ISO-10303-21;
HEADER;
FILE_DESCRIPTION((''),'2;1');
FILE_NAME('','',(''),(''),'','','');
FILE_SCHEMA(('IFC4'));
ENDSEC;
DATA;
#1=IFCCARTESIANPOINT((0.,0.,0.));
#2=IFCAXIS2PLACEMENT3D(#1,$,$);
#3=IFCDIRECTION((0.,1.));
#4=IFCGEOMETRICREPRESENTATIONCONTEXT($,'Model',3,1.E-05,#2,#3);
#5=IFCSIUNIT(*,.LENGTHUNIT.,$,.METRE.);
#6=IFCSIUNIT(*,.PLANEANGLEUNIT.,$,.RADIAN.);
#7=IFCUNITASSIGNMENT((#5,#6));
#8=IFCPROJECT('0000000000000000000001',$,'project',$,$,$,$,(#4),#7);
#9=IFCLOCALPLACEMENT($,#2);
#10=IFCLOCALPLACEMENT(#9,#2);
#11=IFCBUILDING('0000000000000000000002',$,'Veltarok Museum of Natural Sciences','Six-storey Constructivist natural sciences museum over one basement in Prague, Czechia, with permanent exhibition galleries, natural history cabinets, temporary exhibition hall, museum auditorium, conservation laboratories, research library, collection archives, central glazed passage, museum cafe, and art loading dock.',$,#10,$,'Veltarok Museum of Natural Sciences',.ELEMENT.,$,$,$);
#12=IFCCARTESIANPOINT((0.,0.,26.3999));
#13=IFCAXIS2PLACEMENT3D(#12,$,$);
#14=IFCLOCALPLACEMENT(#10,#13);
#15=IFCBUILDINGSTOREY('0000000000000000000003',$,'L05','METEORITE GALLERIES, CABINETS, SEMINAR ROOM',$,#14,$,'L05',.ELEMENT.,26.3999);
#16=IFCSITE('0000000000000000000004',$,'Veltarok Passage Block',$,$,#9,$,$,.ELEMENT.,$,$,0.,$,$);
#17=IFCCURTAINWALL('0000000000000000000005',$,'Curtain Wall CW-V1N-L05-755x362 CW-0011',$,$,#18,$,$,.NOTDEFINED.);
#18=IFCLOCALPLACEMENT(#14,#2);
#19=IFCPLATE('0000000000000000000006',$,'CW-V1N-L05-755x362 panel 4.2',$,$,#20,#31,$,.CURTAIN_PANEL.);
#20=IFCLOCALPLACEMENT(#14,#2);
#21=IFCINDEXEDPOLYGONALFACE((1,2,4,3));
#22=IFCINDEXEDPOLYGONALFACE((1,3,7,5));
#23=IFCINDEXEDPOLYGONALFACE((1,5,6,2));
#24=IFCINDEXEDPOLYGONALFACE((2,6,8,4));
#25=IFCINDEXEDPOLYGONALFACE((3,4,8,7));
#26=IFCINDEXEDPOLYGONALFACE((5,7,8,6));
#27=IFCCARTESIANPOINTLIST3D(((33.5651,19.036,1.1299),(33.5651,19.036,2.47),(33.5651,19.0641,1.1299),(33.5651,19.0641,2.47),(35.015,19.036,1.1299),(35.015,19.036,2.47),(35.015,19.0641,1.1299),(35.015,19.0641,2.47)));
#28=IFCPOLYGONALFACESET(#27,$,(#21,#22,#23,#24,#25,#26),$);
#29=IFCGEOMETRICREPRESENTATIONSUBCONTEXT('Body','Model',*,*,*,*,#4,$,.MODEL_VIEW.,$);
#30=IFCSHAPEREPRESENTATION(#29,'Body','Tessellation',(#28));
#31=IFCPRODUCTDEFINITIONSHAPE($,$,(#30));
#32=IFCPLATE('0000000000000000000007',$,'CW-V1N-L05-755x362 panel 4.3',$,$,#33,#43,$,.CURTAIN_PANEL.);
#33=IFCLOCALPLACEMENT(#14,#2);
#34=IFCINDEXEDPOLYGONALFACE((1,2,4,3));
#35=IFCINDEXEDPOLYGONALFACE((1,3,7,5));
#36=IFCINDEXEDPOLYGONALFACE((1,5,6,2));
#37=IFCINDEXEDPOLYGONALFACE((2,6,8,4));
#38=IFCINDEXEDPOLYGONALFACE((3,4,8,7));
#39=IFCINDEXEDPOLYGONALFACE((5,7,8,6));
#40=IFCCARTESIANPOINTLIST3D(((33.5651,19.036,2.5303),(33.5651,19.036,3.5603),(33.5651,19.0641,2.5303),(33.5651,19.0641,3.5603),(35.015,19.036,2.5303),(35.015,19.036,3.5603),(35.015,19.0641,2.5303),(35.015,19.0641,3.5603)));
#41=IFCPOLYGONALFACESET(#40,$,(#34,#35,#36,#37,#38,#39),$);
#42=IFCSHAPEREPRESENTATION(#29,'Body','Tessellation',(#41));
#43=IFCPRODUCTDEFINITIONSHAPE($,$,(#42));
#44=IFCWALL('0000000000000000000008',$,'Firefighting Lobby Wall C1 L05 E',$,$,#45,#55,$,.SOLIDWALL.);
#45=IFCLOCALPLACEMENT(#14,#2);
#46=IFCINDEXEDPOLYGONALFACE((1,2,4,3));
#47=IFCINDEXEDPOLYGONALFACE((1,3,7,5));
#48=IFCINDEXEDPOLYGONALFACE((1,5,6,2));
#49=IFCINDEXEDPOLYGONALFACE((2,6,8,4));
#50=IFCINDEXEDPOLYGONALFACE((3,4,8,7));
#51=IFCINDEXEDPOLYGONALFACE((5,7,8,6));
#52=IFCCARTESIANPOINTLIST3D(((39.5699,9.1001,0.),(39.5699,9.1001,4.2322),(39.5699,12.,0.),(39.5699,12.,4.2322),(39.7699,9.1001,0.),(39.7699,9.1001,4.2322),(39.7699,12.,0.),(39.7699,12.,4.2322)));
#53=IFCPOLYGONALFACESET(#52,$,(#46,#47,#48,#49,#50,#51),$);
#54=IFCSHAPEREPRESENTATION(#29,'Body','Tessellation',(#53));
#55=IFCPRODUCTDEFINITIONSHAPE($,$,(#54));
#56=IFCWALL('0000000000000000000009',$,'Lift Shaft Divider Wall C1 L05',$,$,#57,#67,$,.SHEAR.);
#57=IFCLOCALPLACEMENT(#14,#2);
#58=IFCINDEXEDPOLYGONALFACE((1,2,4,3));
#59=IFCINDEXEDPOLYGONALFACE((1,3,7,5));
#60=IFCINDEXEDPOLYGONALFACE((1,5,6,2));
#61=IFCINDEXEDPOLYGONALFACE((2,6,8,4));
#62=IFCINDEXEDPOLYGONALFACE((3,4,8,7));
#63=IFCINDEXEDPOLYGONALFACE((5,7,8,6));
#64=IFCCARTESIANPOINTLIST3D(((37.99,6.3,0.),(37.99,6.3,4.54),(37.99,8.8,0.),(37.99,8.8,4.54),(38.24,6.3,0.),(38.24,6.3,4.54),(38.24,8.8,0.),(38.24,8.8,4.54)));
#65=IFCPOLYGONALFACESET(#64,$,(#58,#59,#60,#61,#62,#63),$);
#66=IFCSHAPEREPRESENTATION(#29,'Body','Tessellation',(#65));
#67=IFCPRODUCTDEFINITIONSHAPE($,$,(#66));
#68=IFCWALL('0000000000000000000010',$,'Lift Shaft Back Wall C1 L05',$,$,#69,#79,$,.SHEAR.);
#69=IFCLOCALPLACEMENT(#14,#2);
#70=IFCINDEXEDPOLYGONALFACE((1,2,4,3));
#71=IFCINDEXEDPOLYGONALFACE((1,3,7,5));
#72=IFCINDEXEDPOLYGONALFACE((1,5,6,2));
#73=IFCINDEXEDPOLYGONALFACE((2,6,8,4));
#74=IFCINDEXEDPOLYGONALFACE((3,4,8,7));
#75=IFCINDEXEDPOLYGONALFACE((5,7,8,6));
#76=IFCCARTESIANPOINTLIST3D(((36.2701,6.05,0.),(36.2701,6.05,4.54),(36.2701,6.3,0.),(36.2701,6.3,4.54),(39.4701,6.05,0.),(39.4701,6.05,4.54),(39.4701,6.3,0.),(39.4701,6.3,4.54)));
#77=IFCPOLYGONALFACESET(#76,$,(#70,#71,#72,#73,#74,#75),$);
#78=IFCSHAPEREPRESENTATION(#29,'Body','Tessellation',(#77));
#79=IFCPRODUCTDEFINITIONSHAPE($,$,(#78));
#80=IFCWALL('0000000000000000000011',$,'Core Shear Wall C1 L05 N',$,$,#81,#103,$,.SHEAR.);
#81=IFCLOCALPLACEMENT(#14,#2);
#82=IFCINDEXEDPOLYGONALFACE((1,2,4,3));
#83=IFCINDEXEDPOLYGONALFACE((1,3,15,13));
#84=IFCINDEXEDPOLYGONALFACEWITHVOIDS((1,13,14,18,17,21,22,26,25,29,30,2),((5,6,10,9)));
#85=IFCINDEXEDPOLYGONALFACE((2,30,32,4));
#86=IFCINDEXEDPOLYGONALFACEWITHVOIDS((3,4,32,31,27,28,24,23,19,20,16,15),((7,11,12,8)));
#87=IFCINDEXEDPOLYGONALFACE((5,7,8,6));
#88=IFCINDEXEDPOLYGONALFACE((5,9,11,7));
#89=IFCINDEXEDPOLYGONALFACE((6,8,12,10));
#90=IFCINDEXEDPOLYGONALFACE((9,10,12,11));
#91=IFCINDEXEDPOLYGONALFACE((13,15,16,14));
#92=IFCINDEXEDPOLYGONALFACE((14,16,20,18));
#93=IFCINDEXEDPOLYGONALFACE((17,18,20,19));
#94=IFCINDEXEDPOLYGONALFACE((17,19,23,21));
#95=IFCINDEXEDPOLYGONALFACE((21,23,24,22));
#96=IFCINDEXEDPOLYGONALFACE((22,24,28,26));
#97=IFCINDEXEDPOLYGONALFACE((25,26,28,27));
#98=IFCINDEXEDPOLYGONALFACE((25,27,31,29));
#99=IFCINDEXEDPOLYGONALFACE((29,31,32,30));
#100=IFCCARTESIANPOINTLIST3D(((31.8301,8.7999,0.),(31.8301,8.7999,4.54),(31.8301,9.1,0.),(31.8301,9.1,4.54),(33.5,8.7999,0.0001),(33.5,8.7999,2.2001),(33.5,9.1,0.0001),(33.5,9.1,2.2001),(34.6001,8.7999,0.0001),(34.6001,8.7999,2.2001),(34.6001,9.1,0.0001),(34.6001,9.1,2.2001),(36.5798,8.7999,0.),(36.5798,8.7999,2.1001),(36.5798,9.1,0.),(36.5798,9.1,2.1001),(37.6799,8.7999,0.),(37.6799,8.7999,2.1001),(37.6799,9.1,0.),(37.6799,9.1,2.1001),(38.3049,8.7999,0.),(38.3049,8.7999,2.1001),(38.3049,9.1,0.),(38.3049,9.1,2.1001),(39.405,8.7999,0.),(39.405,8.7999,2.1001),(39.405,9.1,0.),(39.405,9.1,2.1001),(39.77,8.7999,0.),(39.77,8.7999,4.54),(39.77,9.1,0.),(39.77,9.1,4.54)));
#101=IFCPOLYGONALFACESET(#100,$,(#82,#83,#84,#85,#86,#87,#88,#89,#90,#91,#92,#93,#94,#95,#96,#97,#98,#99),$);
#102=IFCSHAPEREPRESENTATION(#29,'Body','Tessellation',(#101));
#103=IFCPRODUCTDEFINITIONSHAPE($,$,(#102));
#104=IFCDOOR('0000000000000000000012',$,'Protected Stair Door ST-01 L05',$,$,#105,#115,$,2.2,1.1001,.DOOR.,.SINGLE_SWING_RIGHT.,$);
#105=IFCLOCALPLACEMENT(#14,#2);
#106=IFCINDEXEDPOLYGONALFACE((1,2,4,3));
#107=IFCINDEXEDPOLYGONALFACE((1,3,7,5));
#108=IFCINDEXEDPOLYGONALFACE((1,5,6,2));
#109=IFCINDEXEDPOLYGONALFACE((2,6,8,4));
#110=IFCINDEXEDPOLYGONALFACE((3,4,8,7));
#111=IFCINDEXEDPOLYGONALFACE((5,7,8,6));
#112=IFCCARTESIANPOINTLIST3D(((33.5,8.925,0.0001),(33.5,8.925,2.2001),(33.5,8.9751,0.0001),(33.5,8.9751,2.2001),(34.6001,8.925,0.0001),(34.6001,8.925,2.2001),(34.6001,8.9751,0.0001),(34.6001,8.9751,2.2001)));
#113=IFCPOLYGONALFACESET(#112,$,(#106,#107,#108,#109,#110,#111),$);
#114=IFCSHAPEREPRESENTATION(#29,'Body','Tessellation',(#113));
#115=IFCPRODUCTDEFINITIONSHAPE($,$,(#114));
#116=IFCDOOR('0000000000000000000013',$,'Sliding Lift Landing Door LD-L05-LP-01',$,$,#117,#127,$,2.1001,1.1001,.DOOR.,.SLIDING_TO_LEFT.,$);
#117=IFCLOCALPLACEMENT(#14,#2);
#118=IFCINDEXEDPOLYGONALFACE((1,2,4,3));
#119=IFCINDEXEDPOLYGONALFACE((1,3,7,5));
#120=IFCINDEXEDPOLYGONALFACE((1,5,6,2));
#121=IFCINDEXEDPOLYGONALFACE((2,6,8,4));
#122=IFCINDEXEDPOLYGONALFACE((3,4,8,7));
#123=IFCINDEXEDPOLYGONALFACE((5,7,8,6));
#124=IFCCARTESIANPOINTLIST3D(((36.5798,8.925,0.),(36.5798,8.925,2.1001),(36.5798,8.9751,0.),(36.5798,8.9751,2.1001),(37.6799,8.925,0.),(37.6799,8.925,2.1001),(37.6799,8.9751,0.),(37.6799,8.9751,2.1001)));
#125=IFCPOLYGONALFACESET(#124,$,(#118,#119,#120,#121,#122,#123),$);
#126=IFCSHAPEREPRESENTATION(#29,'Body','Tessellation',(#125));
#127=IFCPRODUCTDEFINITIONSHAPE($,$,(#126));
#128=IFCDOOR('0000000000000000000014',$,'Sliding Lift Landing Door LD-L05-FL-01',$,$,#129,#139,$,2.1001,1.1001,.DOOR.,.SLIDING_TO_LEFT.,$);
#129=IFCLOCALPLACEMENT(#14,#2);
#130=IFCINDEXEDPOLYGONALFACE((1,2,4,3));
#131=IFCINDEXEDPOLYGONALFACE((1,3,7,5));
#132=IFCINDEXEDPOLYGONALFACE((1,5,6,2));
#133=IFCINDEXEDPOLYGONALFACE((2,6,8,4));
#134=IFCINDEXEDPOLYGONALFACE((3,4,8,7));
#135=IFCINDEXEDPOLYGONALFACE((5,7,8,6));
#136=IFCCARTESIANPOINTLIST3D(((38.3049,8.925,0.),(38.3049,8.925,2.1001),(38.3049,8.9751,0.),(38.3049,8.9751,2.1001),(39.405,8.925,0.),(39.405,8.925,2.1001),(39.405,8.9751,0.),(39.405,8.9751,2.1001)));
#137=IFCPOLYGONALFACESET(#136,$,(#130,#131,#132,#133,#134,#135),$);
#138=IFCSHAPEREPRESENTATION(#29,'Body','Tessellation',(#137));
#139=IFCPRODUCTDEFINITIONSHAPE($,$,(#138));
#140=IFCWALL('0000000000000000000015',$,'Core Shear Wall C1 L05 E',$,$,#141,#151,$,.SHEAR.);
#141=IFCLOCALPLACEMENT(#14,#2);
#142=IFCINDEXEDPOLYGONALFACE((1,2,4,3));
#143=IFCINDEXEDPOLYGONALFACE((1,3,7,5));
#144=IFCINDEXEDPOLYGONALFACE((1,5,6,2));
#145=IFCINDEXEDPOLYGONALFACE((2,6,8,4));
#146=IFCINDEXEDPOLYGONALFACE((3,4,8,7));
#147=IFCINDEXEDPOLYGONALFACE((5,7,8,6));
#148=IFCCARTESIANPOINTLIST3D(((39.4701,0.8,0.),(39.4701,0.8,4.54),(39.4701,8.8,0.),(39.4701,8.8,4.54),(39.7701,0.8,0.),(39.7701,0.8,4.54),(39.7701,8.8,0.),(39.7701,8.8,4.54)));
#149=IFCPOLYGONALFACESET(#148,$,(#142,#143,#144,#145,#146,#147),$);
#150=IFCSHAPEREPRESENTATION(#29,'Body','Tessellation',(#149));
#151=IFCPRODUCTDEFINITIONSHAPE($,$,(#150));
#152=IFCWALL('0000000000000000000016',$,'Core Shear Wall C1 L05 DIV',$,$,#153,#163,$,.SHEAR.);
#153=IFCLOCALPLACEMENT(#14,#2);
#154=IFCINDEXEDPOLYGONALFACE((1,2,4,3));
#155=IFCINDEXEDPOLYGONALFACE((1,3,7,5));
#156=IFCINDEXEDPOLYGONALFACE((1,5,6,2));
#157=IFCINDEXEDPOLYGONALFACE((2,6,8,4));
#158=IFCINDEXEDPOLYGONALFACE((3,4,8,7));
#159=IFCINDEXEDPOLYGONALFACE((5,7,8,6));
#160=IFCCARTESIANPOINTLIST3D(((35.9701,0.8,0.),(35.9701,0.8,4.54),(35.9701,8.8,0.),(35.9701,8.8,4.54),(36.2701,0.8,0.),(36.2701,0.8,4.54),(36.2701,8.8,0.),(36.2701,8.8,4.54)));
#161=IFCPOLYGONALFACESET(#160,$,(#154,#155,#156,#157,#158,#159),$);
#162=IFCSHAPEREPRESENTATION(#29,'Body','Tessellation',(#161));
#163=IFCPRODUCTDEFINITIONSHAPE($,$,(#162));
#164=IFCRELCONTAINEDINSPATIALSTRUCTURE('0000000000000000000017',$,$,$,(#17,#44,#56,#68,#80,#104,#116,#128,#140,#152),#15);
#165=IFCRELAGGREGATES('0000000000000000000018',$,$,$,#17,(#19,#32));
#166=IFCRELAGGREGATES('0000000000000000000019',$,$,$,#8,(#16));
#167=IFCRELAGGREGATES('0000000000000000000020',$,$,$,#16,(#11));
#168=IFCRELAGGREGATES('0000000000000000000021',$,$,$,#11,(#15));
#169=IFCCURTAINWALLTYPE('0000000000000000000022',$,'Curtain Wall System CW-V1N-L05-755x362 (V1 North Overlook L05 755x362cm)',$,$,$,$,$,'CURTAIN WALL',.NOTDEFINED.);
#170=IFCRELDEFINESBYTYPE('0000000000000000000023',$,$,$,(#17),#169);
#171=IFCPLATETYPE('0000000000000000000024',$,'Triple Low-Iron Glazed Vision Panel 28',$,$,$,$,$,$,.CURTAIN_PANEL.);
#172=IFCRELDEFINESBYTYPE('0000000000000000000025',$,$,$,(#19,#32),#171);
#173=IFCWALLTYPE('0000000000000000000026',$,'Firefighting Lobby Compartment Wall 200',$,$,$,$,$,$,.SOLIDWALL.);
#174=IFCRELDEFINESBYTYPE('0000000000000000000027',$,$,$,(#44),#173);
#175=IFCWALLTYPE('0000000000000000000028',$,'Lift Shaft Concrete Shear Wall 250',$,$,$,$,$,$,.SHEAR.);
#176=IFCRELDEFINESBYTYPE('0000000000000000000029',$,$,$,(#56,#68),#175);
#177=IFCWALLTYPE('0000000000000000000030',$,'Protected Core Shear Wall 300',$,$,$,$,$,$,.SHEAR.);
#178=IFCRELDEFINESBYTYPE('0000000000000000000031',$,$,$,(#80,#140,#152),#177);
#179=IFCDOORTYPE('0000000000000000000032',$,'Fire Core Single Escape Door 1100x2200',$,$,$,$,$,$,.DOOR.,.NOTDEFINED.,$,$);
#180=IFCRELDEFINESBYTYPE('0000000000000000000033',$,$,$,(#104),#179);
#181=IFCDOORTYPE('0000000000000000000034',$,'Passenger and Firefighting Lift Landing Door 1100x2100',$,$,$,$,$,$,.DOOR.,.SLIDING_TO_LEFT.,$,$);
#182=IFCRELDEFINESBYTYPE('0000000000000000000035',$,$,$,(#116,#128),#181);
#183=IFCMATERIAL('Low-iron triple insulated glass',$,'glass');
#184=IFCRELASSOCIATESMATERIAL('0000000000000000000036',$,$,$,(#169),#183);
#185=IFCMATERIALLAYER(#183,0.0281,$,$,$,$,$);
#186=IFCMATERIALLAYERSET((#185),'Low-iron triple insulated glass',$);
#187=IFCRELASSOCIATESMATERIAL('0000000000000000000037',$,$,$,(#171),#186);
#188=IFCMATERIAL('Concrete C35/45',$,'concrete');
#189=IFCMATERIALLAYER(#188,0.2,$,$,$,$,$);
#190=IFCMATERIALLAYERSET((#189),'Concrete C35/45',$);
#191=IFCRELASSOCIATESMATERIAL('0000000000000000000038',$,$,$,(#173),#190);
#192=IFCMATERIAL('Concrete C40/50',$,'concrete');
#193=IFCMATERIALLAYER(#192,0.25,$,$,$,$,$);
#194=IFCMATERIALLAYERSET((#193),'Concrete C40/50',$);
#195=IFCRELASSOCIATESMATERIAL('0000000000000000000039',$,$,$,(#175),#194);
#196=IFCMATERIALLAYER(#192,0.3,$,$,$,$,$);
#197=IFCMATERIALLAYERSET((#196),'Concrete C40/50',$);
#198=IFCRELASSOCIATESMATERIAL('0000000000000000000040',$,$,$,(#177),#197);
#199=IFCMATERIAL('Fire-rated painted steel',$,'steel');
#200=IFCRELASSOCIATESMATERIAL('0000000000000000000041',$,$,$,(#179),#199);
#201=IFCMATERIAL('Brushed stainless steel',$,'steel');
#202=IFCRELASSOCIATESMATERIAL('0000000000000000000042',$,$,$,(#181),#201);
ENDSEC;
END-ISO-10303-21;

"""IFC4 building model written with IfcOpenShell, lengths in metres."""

from ifc_helpers import new_model, si_unit, direction, frame, frame_2d, origin, origin_2d, place, context, subcontext, project, spatial, rectangle, extrude, material, layer, layer_set, type_object, element, fill, aggregate, save


model = new_model("IFC4")

# Units and contexts
model_context = context("Model", 3, precision=1e-05, world=origin(), true_north=direction((0.0, 1.0)))
body_context = subcontext(model_context, "Body", "Model", "MODEL_VIEW")
ifc_project = project(units=[si_unit("LENGTHUNIT", "METRE"), si_unit("PLANEANGLEUNIT", "RADIAN")], contexts=[model_context])

# Site, building, storey
site_placement = place(None, origin())
site = spatial("IfcSite", under=ifc_project, at=site_placement, Name="Veltarok Passage Block", CompositionType="ELEMENT", RefElevation=0.0)
building_placement = place(site_placement, origin())
building = spatial("IfcBuilding", under=site, at=building_placement, Name="Veltarok Museum of Natural Sciences", Description="Six-storey Constructivist natural sciences museum over one basement in Prague, Czechia, with permanent exhibition galleries, natural history cabinets, temporary exhibition hall, museum auditorium, conservation laboratories, research library, collection archives, central glazed passage, museum cafe, and art loading dock.", LongName="Veltarok Museum of Natural Sciences", CompositionType="ELEMENT")
storey_placement = place(building_placement, frame((0.0, 0.0, 26.3999)))
storey = spatial("IfcBuildingStorey", under=building, at=storey_placement, Name="L05", Description="METEORITE GALLERIES, CABINETS, SEMINAR ROOM", LongName="L05", CompositionType="ELEMENT", Elevation=26.3999)

# Shared definitions
ifc_material_1 = material(Name="Concrete C40/50", Category="concrete")

# Curtain wall
ifc_material_2 = material(Name="Low-iron triple insulated glass", Category="glass")
curtain_wall_type = type_object("IfcCurtainWallType", Name="Curtain Wall System CW-V1N-L05-755x362 (V1 North Overlook L05 755x362cm)", ElementType="CURTAIN WALL", PredefinedType="NOTDEFINED", material=ifc_material_2)
curtain_wall_placement = place(storey_placement, origin())
curtain_wall = element("IfcCurtainWall", 1, at=curtain_wall_placement, inside=storey, type_object=curtain_wall_type, Name="Curtain Wall CW-V1N-L05-755x362 CW-0011", PredefinedType="NOTDEFINED")

# Plates
ifc_layer_1 = layer(ifc_material_2, 0.0281)
ifc_layer_set_1 = layer_set([ifc_layer_1], Name="Low-iron triple insulated glass")
plate_type = type_object("IfcPlateType", Name="Triple Low-Iron Glazed Vision Panel 28", PredefinedType="CURTAIN_PANEL", material=ifc_layer_set_1)
plate_1_placement = place(storey_placement, frame((34.29, 19.05, 1.1299), z_axis=(0.0, 0.0, 1.0), x_axis=(-1.0, 0.0, 0.0)))
plate_1 = element("IfcPlate", 2, at=plate_1_placement, type_object=plate_type, Name="CW-V1N-L05-755x362 panel 4.2", PredefinedType="CURTAIN_PANEL", context=body_context, shape_type="SweptSolid", body=[
    extrude(rectangle(XDim=1.45, YDim=0.0281, at=origin_2d()), origin(), (0.0, 0.0, 1.0), 1.3401),
])
plate_2_placement = place(storey_placement, frame((34.29, 19.05, 2.5303), z_axis=(0.0, 0.0, 1.0), x_axis=(-1.0, 0.0, 0.0)))
plate_2 = element("IfcPlate", 3, at=plate_2_placement, type_object=plate_type, Name="CW-V1N-L05-755x362 panel 4.3", PredefinedType="CURTAIN_PANEL", context=body_context, shape_type="SweptSolid", body=[
    extrude(rectangle(XDim=1.45, YDim=0.0281, at=origin_2d()), origin(), (0.0, 0.0, 1.0), 1.03),
])
aggregate(curtain_wall, [plate_1, plate_2])

# Walls
ifc_material_3 = material(Name="Concrete C35/45", Category="concrete")
ifc_layer_2 = layer(ifc_material_3, 0.2)
ifc_layer_set_2 = layer_set([ifc_layer_2], Name="Concrete C35/45")
wall_type_1 = type_object("IfcWallType", Name="Firefighting Lobby Compartment Wall 200", PredefinedType="SOLIDWALL", material=ifc_layer_set_2)
wall_1_placement = place(storey_placement, frame((39.6699, 12.0, 0.0), z_axis=(0.0, 0.0, 1.0), x_axis=(0.0, -1.0, 0.0)))
element("IfcWall", 4, at=wall_1_placement, inside=storey, type_object=wall_type_1, Name="Firefighting Lobby Wall C1 L05 E", PredefinedType="SOLIDWALL", context=body_context, shape_type="SweptSolid", body=[
    extrude(rectangle(XDim=2.8999, YDim=0.2, at=frame_2d((1.45, 0.0))), origin(), (0.0, 0.0, 1.0), 4.2322),
])
ifc_layer_3 = layer(ifc_material_1, 0.25)
ifc_layer_set_3 = layer_set([ifc_layer_3], Name="Concrete C40/50")
wall_type_2 = type_object("IfcWallType", Name="Lift Shaft Concrete Shear Wall 250", PredefinedType="SHEAR", material=ifc_layer_set_3)
wall_2_placement = place(storey_placement, frame((38.115, 6.3, 0.0), z_axis=(0.0, 0.0, 1.0), x_axis=(0.0, 1.0, 0.0)))
element("IfcWall", 5, at=wall_2_placement, inside=storey, type_object=wall_type_2, Name="Lift Shaft Divider Wall C1 L05", PredefinedType="SHEAR", context=body_context, shape_type="SweptSolid", body=[
    extrude(rectangle(XDim=2.5, YDim=0.25, at=frame_2d((1.25, 0.0))), origin(), (0.0, 0.0, 1.0), 4.54),
])
wall_3_placement = place(storey_placement, frame((36.27, 6.175, 0.0), z_axis=(0.0, 0.0, 1.0), x_axis=(1.0, 0.0, 0.0)))
element("IfcWall", 6, at=wall_3_placement, inside=storey, type_object=wall_type_2, Name="Lift Shaft Back Wall C1 L05", PredefinedType="SHEAR", context=body_context, shape_type="SweptSolid", body=[
    extrude(rectangle(XDim=3.2, YDim=0.25, at=frame_2d((1.6001, 0.0))), origin(), (0.0, 0.0, 1.0), 4.54),
])

# Wall, openings, doors
ifc_layer_4 = layer(ifc_material_1, 0.3)
ifc_layer_set_4 = layer_set([ifc_layer_4], Name="Concrete C40/50")
wall_type_3 = type_object("IfcWallType", Name="Protected Core Shear Wall 300", PredefinedType="SHEAR", material=ifc_layer_set_4)
wall_4_placement = place(storey_placement, frame((39.77, 8.95, 0.0), z_axis=(0.0, 0.0, 1.0), x_axis=(-1.0, 0.0, 0.0)))
wall_4 = element("IfcWall", 7, at=wall_4_placement, inside=storey, type_object=wall_type_3, Name="Core Shear Wall C1 L05 N", PredefinedType="SHEAR", context=body_context, shape_type="SweptSolid", body=[
    extrude(rectangle(XDim=7.9399, YDim=0.3, at=frame_2d((3.97, 0.0))), origin(), (0.0, 0.0, 1.0), 4.54),
])
opening_1_placement = place(wall_4_placement, frame((5.1699, 0.0, 0.0)))
opening_1 = element("IfcOpeningElement", 8, at=opening_1_placement, cuts=wall_4, PredefinedType="OPENING", context=body_context, shape_type="SweptSolid", body=[
    extrude(rectangle(XDim=1.1001, YDim=2.2, at=frame_2d((0.55, 1.1001))), frame((0.0, 0.1602, 0.0), z_axis=(0.0, -1.0, 0.0), x_axis=(1.0, 0.0, 0.0)), (0.0, 0.0, 1.0), 0.3201),
])
opening_2_placement = place(wall_4_placement, frame((2.0901, 0.0, 0.0)))
opening_2 = element("IfcOpeningElement", 9, at=opening_2_placement, cuts=wall_4, PredefinedType="OPENING", context=body_context, shape_type="SweptSolid", body=[
    extrude(rectangle(XDim=1.1001, YDim=2.1001, at=frame_2d((0.55, 1.05))), frame((0.0, 0.1602, 0.0), z_axis=(0.0, -1.0, 0.0), x_axis=(1.0, 0.0, 0.0)), (0.0, 0.0, 1.0), 0.3201),
])
opening_3_placement = place(wall_4_placement, frame((0.365, 0.0, 0.0)))
opening_3 = element("IfcOpeningElement", 10, at=opening_3_placement, cuts=wall_4, PredefinedType="OPENING", context=body_context, shape_type="SweptSolid", body=[
    extrude(rectangle(XDim=1.1001, YDim=2.1001, at=frame_2d((0.55, 1.05))), frame((0.0, 0.1602, 0.0), z_axis=(0.0, -1.0, 0.0), x_axis=(1.0, 0.0, 0.0)), (0.0, 0.0, 1.0), 0.3201),
])
ifc_material_4 = material(Name="Fire-rated painted steel", Category="steel")
door_type_1 = type_object("IfcDoorType", Name="Fire Core Single Escape Door 1100x2200", OperationType="NOTDEFINED", PredefinedType="DOOR", material=ifc_material_4)
door_1_placement = place(opening_1_placement, origin())
door_1 = element("IfcDoor", 11, at=door_1_placement, inside=storey, type_object=door_type_1, Name="Protected Stair Door ST-01 L05", OperationType="SINGLE_SWING_RIGHT", OverallHeight=2.2, OverallWidth=1.1001, PredefinedType="DOOR", context=body_context, shape_type="SweptSolid", body=[
    extrude(rectangle(XDim=1.1001, YDim=2.2, at=frame_2d((0.55, 1.1001))), frame((0.0, 0.0249, 0.0), z_axis=(0.0, -1.0, 0.0), x_axis=(1.0, 0.0, 0.0)), (0.0, 0.0, 1.0), 0.05),
])
fill(opening_1, door_1)
ifc_material_5 = material(Name="Brushed stainless steel", Category="steel")
door_type_2 = type_object("IfcDoorType", Name="Passenger and Firefighting Lift Landing Door 1100x2100", OperationType="SLIDING_TO_LEFT", PredefinedType="DOOR", material=ifc_material_5)
door_2_placement = place(opening_2_placement, origin())
door_2 = element("IfcDoor", 12, at=door_2_placement, inside=storey, type_object=door_type_2, Name="Sliding Lift Landing Door LD-L05-LP-01", OperationType="SLIDING_TO_LEFT", OverallHeight=2.1001, OverallWidth=1.1001, PredefinedType="DOOR", context=body_context, shape_type="SweptSolid", body=[
    extrude(rectangle(XDim=1.1001, YDim=2.1001, at=frame_2d((0.55, 1.05))), frame((0.0, 0.0249, 0.0), z_axis=(0.0, -1.0, 0.0), x_axis=(1.0, 0.0, 0.0)), (0.0, 0.0, 1.0), 0.05),
])
fill(opening_2, door_2)
door_3_placement = place(opening_3_placement, origin())
door_3 = element("IfcDoor", 13, at=door_3_placement, inside=storey, type_object=door_type_2, Name="Sliding Lift Landing Door LD-L05-FL-01", OperationType="SLIDING_TO_LEFT", OverallHeight=2.1001, OverallWidth=1.1001, PredefinedType="DOOR", context=body_context, shape_type="SweptSolid", body=[
    extrude(rectangle(XDim=1.1001, YDim=2.1001, at=frame_2d((0.55, 1.05))), frame((0.0, 0.0249, 0.0), z_axis=(0.0, -1.0, 0.0), x_axis=(1.0, 0.0, 0.0)), (0.0, 0.0, 1.0), 0.05),
])
fill(opening_3, door_3)

# Walls
for number, where, z_axis, x_axis, name in (
    (14, (39.6201, 0.8, 0.0), (0.0, 0.0, 1.0), (0.0, 1.0, 0.0), "Core Shear Wall C1 L05 E"),
    (15, (36.1201, 0.8, 0.0), (0.0, 0.0, 1.0), (0.0, 1.0, 0.0), "Core Shear Wall C1 L05 DIV"),
):
    element("IfcWall", number, at=place(storey_placement, frame(where, z_axis=z_axis, x_axis=x_axis)), inside=storey, type_object=wall_type_3, Name=name, PredefinedType="SHEAR", context=body_context, shape_type="SweptSolid", body=[
        extrude(rectangle(XDim=8.0, YDim=0.3, at=frame_2d((4.0, 0.0))), origin(), (0.0, 0.0, 1.0), 4.54),
    ])

save(model, "model.ifc")
